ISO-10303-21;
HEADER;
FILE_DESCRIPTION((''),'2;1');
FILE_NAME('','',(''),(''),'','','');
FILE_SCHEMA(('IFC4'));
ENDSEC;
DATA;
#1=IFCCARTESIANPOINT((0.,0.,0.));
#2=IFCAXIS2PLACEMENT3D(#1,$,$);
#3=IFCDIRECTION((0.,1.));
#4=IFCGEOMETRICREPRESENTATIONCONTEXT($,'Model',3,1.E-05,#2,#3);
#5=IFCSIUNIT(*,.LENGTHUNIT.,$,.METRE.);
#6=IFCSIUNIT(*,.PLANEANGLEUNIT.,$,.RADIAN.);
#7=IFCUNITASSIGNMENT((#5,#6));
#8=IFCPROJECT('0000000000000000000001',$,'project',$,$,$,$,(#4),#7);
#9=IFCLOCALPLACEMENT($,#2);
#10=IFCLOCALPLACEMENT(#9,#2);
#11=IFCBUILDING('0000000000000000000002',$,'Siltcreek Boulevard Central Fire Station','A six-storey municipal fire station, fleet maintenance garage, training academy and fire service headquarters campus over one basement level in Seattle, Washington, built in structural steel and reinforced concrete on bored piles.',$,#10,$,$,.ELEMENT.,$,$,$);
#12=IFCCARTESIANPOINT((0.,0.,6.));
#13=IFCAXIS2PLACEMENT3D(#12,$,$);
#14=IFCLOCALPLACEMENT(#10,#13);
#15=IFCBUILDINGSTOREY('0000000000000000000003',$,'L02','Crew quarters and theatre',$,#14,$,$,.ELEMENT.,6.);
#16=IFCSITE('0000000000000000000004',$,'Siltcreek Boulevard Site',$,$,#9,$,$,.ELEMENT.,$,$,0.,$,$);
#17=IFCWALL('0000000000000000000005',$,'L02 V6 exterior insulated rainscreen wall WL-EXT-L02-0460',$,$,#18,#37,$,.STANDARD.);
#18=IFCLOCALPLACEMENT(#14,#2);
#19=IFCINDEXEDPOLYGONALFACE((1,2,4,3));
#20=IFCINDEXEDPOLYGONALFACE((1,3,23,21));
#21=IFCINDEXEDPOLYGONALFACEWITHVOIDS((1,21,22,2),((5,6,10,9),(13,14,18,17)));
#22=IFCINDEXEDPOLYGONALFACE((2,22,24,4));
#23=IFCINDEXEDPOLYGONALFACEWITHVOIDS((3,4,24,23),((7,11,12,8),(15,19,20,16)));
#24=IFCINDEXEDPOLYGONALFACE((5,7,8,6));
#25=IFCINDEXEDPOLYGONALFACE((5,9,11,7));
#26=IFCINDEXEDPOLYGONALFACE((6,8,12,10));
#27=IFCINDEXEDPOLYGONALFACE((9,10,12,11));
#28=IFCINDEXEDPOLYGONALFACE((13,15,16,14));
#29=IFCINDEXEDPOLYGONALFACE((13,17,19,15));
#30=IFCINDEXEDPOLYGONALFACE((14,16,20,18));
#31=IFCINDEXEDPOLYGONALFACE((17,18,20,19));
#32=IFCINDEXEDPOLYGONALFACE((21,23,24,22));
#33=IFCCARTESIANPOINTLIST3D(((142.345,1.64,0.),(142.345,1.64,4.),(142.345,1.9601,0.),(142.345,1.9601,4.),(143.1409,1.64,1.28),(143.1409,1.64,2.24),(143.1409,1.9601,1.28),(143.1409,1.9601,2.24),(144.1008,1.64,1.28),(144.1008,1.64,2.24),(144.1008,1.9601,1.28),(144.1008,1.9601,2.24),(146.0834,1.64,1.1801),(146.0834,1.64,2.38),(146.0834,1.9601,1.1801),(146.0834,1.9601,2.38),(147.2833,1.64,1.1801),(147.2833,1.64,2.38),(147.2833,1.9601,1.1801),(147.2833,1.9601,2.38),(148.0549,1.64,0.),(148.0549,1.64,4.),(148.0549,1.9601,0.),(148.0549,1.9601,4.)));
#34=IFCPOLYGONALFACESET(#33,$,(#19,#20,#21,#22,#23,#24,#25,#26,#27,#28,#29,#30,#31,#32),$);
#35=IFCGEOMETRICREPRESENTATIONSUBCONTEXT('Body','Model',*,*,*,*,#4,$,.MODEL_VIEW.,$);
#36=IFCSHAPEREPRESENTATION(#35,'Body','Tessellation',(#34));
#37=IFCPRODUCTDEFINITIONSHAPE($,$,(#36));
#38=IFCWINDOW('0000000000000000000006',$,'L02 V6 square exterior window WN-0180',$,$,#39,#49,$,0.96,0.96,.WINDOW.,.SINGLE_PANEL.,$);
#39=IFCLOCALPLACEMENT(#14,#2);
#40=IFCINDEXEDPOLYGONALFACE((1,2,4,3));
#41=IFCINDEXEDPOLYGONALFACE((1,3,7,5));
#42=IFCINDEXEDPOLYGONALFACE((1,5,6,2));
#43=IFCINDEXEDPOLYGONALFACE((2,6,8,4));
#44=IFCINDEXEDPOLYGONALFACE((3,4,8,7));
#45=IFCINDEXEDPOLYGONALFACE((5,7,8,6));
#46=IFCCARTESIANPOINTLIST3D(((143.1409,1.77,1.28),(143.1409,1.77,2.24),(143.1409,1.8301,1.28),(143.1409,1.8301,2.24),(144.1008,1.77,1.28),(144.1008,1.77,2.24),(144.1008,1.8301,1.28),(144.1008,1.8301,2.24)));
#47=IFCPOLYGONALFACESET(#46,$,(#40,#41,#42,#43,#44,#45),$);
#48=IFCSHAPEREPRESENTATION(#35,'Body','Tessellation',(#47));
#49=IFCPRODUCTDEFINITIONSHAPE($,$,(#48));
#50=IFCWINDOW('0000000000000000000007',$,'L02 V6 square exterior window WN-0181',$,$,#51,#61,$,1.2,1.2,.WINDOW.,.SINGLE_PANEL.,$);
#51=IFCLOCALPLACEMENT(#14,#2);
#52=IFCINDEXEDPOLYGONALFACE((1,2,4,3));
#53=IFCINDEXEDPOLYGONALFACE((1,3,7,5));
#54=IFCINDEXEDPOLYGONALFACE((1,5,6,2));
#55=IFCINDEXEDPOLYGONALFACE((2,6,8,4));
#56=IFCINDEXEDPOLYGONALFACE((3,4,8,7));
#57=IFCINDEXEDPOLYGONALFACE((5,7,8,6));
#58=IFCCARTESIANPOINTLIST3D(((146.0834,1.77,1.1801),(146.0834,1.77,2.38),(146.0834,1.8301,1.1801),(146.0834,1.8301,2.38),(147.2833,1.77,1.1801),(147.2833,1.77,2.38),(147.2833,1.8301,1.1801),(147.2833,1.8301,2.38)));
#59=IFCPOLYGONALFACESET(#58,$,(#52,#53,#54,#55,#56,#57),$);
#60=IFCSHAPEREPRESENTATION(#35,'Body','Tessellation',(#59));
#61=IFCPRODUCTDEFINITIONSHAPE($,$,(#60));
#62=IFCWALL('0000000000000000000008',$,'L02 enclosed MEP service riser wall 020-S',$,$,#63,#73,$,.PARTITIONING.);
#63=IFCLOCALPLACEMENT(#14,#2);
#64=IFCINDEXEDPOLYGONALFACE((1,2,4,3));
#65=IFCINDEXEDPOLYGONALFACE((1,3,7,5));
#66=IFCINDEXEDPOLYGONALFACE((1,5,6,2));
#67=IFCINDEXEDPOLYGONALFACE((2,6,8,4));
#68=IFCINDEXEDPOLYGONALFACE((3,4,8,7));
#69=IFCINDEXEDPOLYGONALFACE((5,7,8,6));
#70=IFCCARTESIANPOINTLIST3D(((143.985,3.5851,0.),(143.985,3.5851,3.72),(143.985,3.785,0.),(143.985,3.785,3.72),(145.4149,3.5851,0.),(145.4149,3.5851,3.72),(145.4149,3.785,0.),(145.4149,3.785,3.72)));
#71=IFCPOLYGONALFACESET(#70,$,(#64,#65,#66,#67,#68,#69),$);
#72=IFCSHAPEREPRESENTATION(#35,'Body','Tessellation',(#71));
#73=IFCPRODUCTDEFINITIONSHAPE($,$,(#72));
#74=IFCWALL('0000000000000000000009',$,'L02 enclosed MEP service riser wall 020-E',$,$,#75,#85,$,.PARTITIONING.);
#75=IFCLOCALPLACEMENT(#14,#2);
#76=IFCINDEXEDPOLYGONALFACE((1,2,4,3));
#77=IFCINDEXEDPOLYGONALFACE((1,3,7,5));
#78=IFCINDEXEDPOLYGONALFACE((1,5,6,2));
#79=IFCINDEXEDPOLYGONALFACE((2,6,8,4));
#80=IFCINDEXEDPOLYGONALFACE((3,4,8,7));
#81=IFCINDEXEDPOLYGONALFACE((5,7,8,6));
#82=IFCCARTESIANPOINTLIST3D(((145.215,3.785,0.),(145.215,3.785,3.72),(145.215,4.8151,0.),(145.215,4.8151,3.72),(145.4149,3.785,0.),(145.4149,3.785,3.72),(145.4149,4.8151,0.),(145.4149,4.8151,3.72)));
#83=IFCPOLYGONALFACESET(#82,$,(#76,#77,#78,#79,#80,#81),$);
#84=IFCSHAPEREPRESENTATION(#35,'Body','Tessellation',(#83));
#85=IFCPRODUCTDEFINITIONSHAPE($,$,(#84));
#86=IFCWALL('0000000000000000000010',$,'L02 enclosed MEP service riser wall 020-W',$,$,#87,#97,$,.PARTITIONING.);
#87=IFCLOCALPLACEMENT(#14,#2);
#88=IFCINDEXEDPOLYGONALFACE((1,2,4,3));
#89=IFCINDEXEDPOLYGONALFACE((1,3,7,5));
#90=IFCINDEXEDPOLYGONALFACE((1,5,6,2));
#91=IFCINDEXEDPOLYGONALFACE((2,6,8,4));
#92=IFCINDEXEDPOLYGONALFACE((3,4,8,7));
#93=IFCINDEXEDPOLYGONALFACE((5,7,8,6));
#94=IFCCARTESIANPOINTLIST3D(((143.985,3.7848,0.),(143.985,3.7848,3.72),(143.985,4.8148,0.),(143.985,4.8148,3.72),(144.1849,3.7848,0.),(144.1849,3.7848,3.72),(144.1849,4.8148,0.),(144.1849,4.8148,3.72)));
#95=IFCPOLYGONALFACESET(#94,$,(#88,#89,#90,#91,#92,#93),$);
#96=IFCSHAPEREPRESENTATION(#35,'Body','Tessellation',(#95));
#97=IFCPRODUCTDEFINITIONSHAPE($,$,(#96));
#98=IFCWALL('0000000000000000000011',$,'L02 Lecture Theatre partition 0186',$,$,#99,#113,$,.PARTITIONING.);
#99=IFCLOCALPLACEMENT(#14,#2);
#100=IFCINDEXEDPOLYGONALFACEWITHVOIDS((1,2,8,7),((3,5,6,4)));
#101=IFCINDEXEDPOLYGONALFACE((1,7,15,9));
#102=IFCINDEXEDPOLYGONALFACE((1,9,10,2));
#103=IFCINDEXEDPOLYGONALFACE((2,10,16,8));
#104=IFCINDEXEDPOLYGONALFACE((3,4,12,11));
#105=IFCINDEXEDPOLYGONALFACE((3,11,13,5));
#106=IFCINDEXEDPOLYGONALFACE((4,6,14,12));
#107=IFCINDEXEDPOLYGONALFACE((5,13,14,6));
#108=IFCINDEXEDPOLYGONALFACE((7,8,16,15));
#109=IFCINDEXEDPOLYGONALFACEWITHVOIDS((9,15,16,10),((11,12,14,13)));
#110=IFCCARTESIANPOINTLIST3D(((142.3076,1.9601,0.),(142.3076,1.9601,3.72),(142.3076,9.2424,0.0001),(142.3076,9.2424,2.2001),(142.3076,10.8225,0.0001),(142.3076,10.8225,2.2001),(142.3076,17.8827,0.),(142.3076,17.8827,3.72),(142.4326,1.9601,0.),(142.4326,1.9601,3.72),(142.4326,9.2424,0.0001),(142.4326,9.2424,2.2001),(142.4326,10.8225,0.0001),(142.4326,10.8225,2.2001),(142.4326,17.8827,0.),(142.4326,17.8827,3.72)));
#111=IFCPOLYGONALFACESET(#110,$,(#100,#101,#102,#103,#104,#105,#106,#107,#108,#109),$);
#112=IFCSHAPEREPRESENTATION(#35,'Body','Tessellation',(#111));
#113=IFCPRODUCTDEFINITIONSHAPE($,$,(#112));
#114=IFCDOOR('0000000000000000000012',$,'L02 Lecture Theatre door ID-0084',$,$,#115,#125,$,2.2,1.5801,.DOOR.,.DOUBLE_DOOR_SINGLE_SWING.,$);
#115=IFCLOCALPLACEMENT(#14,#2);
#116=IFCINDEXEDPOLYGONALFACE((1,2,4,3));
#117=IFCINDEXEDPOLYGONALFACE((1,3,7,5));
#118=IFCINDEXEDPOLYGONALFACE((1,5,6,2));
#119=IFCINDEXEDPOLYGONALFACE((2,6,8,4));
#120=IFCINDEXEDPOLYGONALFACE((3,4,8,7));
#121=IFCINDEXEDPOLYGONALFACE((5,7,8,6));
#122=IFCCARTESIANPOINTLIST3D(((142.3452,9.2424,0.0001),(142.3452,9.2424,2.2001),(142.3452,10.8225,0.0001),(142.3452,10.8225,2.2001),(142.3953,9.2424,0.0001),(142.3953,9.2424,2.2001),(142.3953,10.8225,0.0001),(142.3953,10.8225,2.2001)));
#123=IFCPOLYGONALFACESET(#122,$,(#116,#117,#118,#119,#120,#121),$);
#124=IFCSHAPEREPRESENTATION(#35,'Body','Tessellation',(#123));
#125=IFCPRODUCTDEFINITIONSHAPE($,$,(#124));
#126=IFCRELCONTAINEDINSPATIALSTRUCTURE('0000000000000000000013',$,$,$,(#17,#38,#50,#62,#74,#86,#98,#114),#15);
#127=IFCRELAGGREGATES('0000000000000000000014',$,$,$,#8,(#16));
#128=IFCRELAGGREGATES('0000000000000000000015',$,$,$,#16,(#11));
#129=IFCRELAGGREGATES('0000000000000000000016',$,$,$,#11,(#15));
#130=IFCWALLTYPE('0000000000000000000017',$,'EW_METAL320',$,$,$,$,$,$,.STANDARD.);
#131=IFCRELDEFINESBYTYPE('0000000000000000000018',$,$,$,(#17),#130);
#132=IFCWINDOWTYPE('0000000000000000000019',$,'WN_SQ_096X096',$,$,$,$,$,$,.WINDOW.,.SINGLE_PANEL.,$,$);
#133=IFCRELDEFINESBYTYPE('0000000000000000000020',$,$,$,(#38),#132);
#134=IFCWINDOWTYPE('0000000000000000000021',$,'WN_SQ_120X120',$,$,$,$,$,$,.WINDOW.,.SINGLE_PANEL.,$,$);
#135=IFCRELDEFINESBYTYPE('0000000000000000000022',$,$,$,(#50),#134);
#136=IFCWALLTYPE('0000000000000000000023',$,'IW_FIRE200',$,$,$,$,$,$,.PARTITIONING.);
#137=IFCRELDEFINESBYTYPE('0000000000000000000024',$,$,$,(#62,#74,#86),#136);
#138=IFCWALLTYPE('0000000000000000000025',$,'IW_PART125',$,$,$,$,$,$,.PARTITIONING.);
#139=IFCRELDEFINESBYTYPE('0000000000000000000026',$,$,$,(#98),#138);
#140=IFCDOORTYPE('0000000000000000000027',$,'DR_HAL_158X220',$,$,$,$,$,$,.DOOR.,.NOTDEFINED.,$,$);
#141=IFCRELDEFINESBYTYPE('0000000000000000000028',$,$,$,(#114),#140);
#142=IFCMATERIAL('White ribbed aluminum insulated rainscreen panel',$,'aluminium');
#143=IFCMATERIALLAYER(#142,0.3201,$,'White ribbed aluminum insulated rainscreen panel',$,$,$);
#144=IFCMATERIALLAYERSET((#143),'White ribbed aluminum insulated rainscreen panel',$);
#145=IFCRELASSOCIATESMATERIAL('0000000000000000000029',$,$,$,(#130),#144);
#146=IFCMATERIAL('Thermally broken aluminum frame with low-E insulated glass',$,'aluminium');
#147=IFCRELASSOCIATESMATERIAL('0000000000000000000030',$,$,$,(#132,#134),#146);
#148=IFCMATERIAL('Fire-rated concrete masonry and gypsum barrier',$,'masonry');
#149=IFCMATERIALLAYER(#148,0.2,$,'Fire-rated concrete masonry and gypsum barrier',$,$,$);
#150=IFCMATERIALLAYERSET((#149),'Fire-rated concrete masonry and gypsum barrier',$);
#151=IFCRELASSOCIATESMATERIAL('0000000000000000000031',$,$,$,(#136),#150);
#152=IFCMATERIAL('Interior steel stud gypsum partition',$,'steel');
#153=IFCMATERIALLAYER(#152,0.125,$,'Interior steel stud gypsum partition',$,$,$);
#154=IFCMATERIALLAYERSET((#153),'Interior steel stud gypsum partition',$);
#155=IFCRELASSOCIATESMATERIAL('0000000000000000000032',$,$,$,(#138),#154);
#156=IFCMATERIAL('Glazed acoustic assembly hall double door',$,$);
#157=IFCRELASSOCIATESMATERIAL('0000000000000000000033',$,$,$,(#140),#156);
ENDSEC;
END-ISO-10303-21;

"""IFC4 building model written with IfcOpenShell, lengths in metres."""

from ifc_helpers import new_model, si_unit, direction, frame, frame_2d, origin, place, context, subcontext, project, spatial, rectangle, extrude, material, layer, layer_set, type_object, element, fill, save


model = new_model("IFC4")

# Units and contexts
model_context = context("Model", 3, precision=1e-05, world=origin(), true_north=direction((0.0, 1.0)))
body_context = subcontext(model_context, "Body", "Model", "MODEL_VIEW")
ifc_project = project(units=[si_unit("LENGTHUNIT", "METRE"), si_unit("PLANEANGLEUNIT", "RADIAN")], contexts=[model_context])

# Site, building, storey
site_placement = place(None, origin())
site = spatial("IfcSite", under=ifc_project, at=site_placement, Name="Siltcreek Boulevard Site", CompositionType="ELEMENT", RefElevation=0.0)
building_placement = place(site_placement, origin())
building = spatial("IfcBuilding", under=site, at=building_placement, Name="Siltcreek Boulevard Central Fire Station", Description="A six-storey municipal fire station, fleet maintenance garage, training academy and fire service headquarters campus over one basement level in Seattle, Washington, built in structural steel and reinforced concrete on bored piles.", CompositionType="ELEMENT")
storey_placement = place(building_placement, frame((0.0, 0.0, 6.0)))
storey = spatial("IfcBuildingStorey", under=building, at=storey_placement, Name="L02", Description="Crew quarters and theatre", CompositionType="ELEMENT", Elevation=6.0)

# Wall, openings, windows
ifc_material_1 = material(Name="White ribbed aluminum insulated rainscreen panel", Category="aluminium")
ifc_layer_1 = layer(ifc_material_1, 0.3201, Name="White ribbed aluminum insulated rainscreen panel")
ifc_layer_set_1 = layer_set([ifc_layer_1], Name="White ribbed aluminum insulated rainscreen panel")
wall_type_1 = type_object("IfcWallType", Name="EW_METAL320", PredefinedType="STANDARD", material=ifc_layer_set_1)
wall_1_placement = place(storey_placement, frame((142.345, 1.8, 0.0), z_axis=(0.0, 0.0, 1.0), x_axis=(1.0, 0.0, 0.0)))
wall_1 = element("IfcWall", 1, at=wall_1_placement, inside=storey, type_object=wall_type_1, Name="L02 V6 exterior insulated rainscreen wall WL-EXT-L02-0460", PredefinedType="STANDARD", context=body_context, shape_type="SweptSolid", body=[
    extrude(rectangle(XDim=5.71, YDim=0.3201, at=frame_2d((2.855, 0.0))), origin(), (0.0, 0.0, 1.0), 4.0),
])
opening_1_placement = place(wall_1_placement, frame((0.7959, 0.0, 1.28)))
opening_1 = element("IfcOpeningElement", 2, at=opening_1_placement, cuts=wall_1, PredefinedType="OPENING", context=body_context, shape_type="SweptSolid", body=[
    extrude(rectangle(XDim=0.96, YDim=0.96, at=frame_2d((0.48, 0.48))), frame((0.0, 0.1699, 0.0), z_axis=(0.0, -1.0, 0.0), x_axis=(1.0, 0.0, 0.0)), (0.0, 0.0, 1.0), 0.3401),
])
opening_2_placement = place(wall_1_placement, frame((3.7383, 0.0, 1.1799)))
opening_2 = element("IfcOpeningElement", 3, at=opening_2_placement, cuts=wall_1, PredefinedType="OPENING", context=body_context, shape_type="SweptSolid", body=[
    extrude(rectangle(XDim=1.2, YDim=1.2, at=frame_2d((0.6001, 0.6001))), frame((0.0, 0.1699, 0.0), z_axis=(0.0, -1.0, 0.0), x_axis=(1.0, 0.0, 0.0)), (0.0, 0.0, 1.0), 0.3401),
])
ifc_material_2 = material(Name="Thermally broken aluminum frame with low-E insulated glass", Category="aluminium")
window_type_1 = type_object("IfcWindowType", Name="WN_SQ_096X096", PartitioningType="SINGLE_PANEL", PredefinedType="WINDOW", material=ifc_material_2)
window_1_placement = place(opening_1_placement, origin())
window_1 = element("IfcWindow", 4, at=window_1_placement, inside=storey, type_object=window_type_1, Name="L02 V6 square exterior window WN-0180", OverallHeight=0.96, OverallWidth=0.96, PartitioningType="SINGLE_PANEL", PredefinedType="WINDOW", context=body_context, shape_type="SweptSolid", body=[
    extrude(rectangle(XDim=0.96, YDim=0.96, at=frame_2d((0.48, 0.48))), frame((0.0, 0.03, 0.0), z_axis=(0.0, -1.0, 0.0), x_axis=(1.0, 0.0, 0.0)), (0.0, 0.0, 1.0), 0.0601),
])
fill(opening_1, window_1)
window_type_2 = type_object("IfcWindowType", Name="WN_SQ_120X120", PartitioningType="SINGLE_PANEL", PredefinedType="WINDOW", material=ifc_material_2)
window_2_placement = place(opening_2_placement, origin())
window_2 = element("IfcWindow", 5, at=window_2_placement, inside=storey, type_object=window_type_2, Name="L02 V6 square exterior window WN-0181", OverallHeight=1.2, OverallWidth=1.2, PartitioningType="SINGLE_PANEL", PredefinedType="WINDOW", context=body_context, shape_type="SweptSolid", body=[
    extrude(rectangle(XDim=1.2, YDim=1.2, at=frame_2d((0.6001, 0.6001))), frame((0.0, 0.03, 0.0), z_axis=(0.0, -1.0, 0.0), x_axis=(1.0, 0.0, 0.0)), (0.0, 0.0, 1.0), 0.0601),
])
fill(opening_2, window_2)

# Walls
ifc_material_3 = material(Name="Fire-rated concrete masonry and gypsum barrier", Category="masonry")
ifc_layer_2 = layer(ifc_material_3, 0.2, Name="Fire-rated concrete masonry and gypsum barrier")
ifc_layer_set_2 = layer_set([ifc_layer_2], Name="Fire-rated concrete masonry and gypsum barrier")
wall_type_2 = type_object("IfcWallType", Name="IW_FIRE200", PredefinedType="PARTITIONING", material=ifc_layer_set_2)
wall_2_placement = place(storey_placement, frame((143.9851, 3.6851, 0.0), z_axis=(0.0, 0.0, 1.0), x_axis=(1.0, 0.0, 0.0)))
element("IfcWall", 6, at=wall_2_placement, inside=storey, type_object=wall_type_2, Name="L02 enclosed MEP service riser wall 020-S", PredefinedType="PARTITIONING", context=body_context, shape_type="SweptSolid", body=[
    extrude(rectangle(XDim=1.4299, YDim=0.2, at=frame_2d((0.7148, 0.0))), origin(), (0.0, 0.0, 1.0), 3.72),
])
wall_3_placement = place(storey_placement, frame((145.3149, 3.7849, 0.0), z_axis=(0.0, 0.0, 1.0), x_axis=(0.0, 1.0, 0.0)))
element("IfcWall", 7, at=wall_3_placement, inside=storey, type_object=wall_type_2, Name="L02 enclosed MEP service riser wall 020-E", PredefinedType="PARTITIONING", context=body_context, shape_type="SweptSolid", body=[
    extrude(rectangle(XDim=1.03, YDim=0.2, at=frame_2d((0.5151, 0.0))), origin(), (0.0, 0.0, 1.0), 3.72),
])
wall_4_placement = place(storey_placement, frame((144.085, 4.8149, 0.0), z_axis=(0.0, 0.0, 1.0), x_axis=(0.0, -1.0, 0.0)))
element("IfcWall", 8, at=wall_4_placement, inside=storey, type_object=wall_type_2, Name="L02 enclosed MEP service riser wall 020-W", PredefinedType="PARTITIONING", context=body_context, shape_type="SweptSolid", body=[
    extrude(rectangle(XDim=1.03, YDim=0.2, at=frame_2d((0.5151, 0.0))), origin(), (0.0, 0.0, 1.0), 3.72),
])

# Wall, opening, door
ifc_material_4 = material(Name="Interior steel stud gypsum partition", Category="steel")
ifc_layer_3 = layer(ifc_material_4, 0.125, Name="Interior steel stud gypsum partition")
ifc_layer_set_3 = layer_set([ifc_layer_3], Name="Interior steel stud gypsum partition")
wall_type_3 = type_object("IfcWallType", Name="IW_PART125", PredefinedType="PARTITIONING", material=ifc_layer_set_3)
wall_5_placement = place(storey_placement, frame((142.3701, 1.96, 0.0), z_axis=(0.0, 0.0, 1.0), x_axis=(0.0, 1.0, 0.0)))
wall_5 = element("IfcWall", 9, at=wall_5_placement, inside=storey, type_object=wall_type_3, Name="L02 Lecture Theatre partition 0186", PredefinedType="PARTITIONING", context=body_context, shape_type="SweptSolid", body=[
    extrude(rectangle(XDim=15.9226, YDim=0.125, at=frame_2d((7.9614, 0.0))), origin(), (0.0, 0.0, 1.0), 3.72),
])
opening_3_placement = place(wall_5_placement, frame((7.2825, 0.0, 0.0)))
opening_3 = element("IfcOpeningElement", 10, at=opening_3_placement, cuts=wall_5, PredefinedType="OPENING", context=body_context, shape_type="SweptSolid", body=[
    extrude(rectangle(XDim=1.5801, YDim=2.2, at=frame_2d((0.79, 1.1001))), frame((0.0, 0.0725, 0.0), z_axis=(0.0, -1.0, 0.0), x_axis=(1.0, 0.0, 0.0)), (0.0, 0.0, 1.0), 0.145),
])
ifc_material_5 = material(Name="Glazed acoustic assembly hall double door")
door_type = type_object("IfcDoorType", Name="DR_HAL_158X220", OperationType="NOTDEFINED", PredefinedType="DOOR", material=ifc_material_5)
door_placement = place(opening_3_placement, origin())
door = element("IfcDoor", 11, at=door_placement, inside=storey, type_object=door_type, Name="L02 Lecture Theatre door ID-0084", OperationType="DOUBLE_DOOR_SINGLE_SWING", OverallHeight=2.2, OverallWidth=1.5801, PredefinedType="DOOR", context=body_context, shape_type="SweptSolid", body=[
    extrude(rectangle(XDim=1.5801, YDim=2.2, at=frame_2d((0.79, 1.1001))), frame((0.0, 0.0249, 0.0), z_axis=(0.0, -1.0, 0.0), x_axis=(1.0, 0.0, 0.0)), (0.0, 0.0, 1.0), 0.05),
])
fill(opening_3, door)

save(model, "model.ifc")
